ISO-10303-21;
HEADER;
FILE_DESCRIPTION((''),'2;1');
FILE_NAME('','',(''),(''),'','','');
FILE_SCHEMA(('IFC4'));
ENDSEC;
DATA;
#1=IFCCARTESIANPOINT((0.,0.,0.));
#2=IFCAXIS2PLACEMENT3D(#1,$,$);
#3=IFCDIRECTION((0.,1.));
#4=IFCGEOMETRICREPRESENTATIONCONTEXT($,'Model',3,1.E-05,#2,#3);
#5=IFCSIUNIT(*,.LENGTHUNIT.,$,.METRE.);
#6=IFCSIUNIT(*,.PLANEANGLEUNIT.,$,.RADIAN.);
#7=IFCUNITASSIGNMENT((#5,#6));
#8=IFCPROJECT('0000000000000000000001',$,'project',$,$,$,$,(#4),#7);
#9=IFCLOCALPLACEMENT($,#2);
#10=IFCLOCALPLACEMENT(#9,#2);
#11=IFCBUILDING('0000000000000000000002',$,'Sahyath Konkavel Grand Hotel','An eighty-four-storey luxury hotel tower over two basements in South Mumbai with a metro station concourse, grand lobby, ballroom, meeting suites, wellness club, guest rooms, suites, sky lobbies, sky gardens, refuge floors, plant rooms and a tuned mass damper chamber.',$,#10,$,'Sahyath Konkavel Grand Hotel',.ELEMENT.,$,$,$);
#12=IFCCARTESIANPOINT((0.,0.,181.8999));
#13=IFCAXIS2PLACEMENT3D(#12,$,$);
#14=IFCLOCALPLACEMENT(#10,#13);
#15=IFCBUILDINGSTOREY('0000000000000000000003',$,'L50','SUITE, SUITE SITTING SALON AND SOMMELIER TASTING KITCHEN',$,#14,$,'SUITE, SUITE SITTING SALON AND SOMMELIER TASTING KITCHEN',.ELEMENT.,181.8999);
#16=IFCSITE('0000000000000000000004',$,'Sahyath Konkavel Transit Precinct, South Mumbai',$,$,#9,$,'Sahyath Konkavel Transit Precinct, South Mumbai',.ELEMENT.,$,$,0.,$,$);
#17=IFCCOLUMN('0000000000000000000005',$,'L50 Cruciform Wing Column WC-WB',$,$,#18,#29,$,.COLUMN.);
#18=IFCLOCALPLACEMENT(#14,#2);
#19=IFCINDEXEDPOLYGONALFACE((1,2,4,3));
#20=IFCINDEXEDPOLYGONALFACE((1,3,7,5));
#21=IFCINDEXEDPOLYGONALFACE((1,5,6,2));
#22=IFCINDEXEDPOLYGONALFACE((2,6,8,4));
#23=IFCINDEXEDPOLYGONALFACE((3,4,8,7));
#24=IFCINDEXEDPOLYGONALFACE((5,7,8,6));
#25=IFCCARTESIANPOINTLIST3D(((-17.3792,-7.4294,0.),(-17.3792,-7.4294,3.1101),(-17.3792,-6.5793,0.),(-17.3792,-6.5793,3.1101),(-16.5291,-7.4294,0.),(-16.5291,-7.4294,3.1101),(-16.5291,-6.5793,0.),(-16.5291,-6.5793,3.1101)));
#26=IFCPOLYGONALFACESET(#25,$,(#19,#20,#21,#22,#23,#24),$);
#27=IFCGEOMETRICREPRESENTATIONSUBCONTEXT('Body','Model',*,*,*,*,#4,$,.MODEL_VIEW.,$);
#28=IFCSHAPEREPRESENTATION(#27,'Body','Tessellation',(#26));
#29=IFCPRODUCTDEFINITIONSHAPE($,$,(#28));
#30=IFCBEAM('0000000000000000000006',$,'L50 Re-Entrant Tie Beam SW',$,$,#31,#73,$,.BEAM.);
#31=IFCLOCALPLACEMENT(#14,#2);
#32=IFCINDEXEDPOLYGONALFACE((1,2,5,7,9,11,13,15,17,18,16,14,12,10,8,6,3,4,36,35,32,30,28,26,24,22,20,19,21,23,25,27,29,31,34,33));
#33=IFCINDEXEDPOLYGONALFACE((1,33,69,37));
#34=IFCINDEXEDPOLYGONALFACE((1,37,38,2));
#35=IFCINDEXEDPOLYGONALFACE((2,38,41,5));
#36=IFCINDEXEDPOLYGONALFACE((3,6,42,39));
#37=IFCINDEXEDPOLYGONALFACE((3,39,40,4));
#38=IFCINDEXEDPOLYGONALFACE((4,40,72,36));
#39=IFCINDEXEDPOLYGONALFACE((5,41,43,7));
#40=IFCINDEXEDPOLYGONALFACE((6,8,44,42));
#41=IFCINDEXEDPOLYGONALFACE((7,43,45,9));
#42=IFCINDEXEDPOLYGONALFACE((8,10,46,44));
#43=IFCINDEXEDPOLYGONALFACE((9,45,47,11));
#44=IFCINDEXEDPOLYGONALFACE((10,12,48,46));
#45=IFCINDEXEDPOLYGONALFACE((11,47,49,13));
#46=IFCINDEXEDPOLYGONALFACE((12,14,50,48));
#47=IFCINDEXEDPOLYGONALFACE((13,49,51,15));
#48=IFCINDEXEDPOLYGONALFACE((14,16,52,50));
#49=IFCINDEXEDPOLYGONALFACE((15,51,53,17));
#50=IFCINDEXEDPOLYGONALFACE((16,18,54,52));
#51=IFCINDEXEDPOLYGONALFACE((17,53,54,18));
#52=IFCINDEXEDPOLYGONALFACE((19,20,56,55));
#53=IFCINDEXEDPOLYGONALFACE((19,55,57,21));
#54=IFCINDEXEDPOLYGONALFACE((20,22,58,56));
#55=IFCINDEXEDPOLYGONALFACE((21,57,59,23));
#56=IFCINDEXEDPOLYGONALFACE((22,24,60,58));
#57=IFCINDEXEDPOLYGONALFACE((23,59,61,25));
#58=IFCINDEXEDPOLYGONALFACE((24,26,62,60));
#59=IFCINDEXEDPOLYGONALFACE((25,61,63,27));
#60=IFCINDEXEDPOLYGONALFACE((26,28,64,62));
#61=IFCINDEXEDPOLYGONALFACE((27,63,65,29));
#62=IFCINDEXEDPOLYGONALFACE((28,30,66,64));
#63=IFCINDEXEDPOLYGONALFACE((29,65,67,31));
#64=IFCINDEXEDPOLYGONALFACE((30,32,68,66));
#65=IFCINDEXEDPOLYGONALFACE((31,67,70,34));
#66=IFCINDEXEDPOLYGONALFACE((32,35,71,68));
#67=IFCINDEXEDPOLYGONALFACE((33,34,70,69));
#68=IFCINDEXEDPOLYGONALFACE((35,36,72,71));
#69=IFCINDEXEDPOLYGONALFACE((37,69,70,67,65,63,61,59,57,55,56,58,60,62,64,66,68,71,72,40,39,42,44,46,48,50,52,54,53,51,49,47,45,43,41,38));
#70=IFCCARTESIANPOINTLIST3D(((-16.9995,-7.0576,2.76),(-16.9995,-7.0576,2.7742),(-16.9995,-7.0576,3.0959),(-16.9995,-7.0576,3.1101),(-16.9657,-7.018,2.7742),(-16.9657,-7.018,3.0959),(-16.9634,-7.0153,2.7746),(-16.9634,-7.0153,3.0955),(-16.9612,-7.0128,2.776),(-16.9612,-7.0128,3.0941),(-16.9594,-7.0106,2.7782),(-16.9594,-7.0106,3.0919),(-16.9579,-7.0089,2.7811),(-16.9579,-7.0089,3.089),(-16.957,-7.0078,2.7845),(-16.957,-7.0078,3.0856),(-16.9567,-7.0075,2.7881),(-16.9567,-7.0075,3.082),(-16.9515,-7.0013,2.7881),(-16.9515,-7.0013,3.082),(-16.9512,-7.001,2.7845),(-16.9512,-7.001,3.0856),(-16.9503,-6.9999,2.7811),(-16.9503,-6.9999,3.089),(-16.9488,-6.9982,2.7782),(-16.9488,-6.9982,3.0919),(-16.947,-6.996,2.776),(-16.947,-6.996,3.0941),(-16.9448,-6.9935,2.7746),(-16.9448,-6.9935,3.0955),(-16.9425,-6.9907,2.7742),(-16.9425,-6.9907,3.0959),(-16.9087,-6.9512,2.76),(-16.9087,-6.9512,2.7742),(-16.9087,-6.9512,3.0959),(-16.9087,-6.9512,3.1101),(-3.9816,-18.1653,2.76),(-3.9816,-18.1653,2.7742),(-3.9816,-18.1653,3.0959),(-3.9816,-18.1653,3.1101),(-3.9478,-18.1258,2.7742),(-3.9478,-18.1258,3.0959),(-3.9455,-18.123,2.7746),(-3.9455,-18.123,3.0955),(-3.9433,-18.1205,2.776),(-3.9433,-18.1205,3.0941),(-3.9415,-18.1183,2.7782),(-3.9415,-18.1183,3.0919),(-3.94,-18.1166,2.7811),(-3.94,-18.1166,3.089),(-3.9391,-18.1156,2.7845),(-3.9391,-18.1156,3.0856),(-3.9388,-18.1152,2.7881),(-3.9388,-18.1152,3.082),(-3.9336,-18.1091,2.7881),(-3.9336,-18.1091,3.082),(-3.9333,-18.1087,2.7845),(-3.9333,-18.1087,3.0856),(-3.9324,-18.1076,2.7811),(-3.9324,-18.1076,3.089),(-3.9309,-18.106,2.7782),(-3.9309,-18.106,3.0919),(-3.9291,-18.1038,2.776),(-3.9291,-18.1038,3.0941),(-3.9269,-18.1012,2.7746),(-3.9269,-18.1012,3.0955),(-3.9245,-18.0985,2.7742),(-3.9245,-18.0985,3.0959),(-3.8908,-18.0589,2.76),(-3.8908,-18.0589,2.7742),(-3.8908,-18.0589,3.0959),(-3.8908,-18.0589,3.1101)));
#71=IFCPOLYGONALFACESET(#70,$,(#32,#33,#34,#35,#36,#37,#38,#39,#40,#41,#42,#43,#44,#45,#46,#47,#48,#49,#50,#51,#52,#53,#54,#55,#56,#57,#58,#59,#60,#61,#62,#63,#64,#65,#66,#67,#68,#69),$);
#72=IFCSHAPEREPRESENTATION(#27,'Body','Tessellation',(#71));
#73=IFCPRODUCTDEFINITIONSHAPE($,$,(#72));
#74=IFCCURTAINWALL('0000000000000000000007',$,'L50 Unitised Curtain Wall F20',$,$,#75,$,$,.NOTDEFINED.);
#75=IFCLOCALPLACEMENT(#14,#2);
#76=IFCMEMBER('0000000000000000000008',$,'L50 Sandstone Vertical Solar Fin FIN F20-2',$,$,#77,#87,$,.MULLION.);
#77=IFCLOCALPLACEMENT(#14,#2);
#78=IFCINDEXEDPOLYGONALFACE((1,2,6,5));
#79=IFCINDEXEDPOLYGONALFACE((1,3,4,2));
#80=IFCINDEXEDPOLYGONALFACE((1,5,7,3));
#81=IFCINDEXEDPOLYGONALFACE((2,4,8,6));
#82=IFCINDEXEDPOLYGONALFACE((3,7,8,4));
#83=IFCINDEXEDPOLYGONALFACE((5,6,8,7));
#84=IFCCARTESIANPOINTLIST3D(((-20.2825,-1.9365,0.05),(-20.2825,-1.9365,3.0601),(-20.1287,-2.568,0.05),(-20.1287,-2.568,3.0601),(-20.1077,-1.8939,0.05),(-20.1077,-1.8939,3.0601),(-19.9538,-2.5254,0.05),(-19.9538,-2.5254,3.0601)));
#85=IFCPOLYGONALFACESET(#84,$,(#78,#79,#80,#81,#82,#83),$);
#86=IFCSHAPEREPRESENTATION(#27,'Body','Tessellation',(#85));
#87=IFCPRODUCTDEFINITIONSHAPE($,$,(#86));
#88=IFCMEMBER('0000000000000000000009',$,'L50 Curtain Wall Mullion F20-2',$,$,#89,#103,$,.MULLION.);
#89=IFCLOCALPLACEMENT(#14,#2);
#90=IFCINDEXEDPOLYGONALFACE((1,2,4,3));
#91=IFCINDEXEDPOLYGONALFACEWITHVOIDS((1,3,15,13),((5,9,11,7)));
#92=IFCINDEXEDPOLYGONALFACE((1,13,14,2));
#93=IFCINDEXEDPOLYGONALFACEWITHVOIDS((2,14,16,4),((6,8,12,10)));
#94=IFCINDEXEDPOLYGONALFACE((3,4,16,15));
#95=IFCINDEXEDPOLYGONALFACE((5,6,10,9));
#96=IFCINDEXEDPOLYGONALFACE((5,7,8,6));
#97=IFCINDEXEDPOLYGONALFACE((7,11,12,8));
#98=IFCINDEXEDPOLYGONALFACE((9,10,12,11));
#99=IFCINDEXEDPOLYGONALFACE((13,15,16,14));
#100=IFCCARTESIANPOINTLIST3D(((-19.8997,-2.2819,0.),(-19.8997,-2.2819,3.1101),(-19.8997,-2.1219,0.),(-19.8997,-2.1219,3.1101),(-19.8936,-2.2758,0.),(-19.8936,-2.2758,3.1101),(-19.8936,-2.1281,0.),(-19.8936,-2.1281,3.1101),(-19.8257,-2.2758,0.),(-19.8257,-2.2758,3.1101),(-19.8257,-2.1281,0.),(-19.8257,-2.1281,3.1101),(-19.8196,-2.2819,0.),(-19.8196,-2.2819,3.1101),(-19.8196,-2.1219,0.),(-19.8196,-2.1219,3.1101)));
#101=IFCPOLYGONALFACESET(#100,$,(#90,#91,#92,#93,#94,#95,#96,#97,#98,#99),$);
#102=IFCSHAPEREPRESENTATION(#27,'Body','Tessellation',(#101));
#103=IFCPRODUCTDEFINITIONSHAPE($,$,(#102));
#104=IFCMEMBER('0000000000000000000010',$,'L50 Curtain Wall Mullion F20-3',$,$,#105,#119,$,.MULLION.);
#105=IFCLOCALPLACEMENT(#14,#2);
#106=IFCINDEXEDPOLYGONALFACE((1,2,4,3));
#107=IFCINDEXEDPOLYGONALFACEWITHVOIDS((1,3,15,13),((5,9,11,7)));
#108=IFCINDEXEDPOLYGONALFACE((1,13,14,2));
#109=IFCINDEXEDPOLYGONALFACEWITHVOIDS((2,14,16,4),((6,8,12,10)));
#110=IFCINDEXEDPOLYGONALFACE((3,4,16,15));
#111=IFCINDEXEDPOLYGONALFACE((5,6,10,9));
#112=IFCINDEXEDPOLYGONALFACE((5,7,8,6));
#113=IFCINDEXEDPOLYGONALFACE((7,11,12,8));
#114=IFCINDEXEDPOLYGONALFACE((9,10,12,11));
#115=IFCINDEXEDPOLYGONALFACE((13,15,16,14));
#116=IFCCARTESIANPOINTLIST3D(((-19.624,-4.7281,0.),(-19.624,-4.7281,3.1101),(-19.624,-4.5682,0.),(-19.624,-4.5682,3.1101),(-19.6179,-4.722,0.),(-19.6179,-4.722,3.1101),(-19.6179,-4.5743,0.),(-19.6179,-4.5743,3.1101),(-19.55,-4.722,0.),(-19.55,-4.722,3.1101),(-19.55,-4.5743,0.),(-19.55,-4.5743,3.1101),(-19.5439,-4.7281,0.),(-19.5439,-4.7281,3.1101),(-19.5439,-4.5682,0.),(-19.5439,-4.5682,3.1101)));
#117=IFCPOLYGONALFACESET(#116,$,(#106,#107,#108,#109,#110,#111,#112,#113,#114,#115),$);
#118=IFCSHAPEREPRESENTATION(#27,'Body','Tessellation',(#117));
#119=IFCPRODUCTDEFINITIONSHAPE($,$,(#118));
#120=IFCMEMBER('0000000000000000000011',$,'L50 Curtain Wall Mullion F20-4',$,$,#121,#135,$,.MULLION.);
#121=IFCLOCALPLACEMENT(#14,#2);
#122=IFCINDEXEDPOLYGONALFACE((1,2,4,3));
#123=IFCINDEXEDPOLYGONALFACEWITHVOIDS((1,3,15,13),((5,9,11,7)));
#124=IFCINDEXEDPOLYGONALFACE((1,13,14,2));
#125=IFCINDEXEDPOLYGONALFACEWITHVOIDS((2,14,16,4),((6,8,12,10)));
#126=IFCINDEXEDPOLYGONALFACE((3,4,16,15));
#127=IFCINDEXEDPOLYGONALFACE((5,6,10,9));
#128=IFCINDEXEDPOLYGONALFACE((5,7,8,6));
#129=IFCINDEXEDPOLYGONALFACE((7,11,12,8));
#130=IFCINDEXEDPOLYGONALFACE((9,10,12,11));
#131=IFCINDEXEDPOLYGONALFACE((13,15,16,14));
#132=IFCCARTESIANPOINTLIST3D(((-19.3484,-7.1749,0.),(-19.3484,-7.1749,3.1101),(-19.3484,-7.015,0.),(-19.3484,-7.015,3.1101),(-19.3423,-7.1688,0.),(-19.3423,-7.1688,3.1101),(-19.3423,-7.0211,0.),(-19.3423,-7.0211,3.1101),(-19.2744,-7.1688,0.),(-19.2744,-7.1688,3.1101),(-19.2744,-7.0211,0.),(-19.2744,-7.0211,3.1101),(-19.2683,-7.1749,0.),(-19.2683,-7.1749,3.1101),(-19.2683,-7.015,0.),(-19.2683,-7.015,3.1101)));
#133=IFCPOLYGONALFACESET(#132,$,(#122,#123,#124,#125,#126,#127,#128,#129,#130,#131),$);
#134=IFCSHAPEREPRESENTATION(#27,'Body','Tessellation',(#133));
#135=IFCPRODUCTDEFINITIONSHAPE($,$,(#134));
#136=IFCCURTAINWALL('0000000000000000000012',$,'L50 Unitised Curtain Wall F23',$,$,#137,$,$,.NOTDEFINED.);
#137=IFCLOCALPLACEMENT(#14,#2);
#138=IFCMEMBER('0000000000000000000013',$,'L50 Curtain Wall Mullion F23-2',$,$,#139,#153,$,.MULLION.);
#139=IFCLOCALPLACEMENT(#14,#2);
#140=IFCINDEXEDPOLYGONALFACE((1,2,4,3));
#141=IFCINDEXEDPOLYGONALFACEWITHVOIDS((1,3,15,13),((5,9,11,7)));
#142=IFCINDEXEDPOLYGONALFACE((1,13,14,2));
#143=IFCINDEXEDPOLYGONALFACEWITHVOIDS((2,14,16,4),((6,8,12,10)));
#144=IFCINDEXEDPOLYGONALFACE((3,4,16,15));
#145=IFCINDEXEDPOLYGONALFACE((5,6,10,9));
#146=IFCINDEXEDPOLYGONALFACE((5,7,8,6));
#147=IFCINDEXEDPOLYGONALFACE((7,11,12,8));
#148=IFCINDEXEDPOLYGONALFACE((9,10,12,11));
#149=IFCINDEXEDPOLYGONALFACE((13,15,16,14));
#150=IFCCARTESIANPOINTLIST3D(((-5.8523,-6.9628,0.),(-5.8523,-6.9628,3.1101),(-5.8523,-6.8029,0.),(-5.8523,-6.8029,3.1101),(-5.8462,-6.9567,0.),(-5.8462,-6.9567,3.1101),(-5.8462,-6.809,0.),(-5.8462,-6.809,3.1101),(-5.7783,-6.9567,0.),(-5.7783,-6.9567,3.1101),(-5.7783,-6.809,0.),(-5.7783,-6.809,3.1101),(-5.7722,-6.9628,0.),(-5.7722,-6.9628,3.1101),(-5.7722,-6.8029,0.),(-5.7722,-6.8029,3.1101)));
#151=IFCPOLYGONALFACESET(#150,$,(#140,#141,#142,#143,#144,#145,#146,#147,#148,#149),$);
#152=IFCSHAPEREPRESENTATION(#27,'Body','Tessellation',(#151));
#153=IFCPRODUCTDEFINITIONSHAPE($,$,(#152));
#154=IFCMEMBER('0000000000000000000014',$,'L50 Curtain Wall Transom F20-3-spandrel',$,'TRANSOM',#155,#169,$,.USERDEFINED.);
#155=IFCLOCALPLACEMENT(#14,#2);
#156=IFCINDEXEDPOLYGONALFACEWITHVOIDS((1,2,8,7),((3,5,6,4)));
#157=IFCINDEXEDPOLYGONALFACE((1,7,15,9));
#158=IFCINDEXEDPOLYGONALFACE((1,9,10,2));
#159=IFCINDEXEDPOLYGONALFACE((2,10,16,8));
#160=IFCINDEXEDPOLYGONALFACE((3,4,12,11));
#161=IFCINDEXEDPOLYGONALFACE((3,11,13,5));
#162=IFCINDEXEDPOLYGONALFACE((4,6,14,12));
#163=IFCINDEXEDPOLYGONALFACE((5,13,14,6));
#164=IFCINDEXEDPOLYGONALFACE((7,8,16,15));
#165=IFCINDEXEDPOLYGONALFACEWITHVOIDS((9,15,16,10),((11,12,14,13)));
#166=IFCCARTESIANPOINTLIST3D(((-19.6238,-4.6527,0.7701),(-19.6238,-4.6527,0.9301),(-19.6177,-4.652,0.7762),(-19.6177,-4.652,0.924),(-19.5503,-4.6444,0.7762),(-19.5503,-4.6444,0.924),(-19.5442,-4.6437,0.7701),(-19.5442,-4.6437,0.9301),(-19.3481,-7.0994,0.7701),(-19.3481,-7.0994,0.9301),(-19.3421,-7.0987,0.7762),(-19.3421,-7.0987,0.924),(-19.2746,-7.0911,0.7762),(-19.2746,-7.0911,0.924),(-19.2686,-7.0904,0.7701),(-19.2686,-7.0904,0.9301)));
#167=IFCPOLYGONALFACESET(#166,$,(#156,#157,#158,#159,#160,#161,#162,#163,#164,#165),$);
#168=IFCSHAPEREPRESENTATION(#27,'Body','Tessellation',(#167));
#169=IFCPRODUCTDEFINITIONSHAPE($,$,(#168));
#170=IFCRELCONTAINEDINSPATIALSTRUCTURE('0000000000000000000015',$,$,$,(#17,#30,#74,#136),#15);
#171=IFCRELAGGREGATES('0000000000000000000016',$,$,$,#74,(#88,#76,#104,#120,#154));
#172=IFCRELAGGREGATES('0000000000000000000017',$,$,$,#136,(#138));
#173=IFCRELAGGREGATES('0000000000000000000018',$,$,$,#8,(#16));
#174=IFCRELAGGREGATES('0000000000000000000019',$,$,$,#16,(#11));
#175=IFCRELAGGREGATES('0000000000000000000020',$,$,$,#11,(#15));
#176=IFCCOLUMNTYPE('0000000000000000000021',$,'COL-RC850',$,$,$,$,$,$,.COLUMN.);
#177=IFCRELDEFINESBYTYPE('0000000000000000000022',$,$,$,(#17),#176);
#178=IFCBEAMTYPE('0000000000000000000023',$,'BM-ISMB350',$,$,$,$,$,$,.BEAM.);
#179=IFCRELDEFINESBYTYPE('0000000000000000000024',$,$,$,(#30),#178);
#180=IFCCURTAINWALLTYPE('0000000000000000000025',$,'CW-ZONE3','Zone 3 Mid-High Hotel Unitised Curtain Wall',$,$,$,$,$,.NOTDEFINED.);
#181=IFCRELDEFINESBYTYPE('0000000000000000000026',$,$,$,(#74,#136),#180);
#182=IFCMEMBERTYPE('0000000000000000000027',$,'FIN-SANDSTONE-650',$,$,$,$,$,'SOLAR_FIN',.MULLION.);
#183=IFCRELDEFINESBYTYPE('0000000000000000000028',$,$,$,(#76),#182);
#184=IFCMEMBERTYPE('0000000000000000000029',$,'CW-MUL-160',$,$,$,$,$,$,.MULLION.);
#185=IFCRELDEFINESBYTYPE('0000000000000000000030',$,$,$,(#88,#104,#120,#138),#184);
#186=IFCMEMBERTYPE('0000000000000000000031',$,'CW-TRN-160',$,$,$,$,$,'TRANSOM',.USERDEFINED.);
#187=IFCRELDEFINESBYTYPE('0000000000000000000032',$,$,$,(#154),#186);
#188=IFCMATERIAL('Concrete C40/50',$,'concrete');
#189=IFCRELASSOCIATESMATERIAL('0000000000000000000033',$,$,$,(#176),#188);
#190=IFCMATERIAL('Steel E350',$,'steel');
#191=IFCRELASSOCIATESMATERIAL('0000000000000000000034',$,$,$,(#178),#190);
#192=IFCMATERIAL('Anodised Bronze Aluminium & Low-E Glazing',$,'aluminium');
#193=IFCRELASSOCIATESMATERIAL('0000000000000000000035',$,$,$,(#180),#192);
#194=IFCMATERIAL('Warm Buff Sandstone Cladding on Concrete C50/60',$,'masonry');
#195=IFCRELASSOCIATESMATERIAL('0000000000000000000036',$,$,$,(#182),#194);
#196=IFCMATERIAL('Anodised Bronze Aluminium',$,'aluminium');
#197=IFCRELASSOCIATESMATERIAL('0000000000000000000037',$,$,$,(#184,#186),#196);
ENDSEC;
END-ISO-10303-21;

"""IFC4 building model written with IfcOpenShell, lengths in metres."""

from ifc_helpers import new_model, si_unit, direction, frame, origin, origin_2d, place, context, subcontext, project, spatial, rectangle, hollow_rectangle, i_section, extrude, source, transform, mapped, material, material_profile, profile_set, type_object, element, aggregate, save


model = new_model("IFC4")

# Units and contexts
model_context = context("Model", 3, precision=1e-05, world=origin(), true_north=direction((0.0, 1.0)))
body_context = subcontext(model_context, "Body", "Model", "MODEL_VIEW")
ifc_project = project(units=[si_unit("LENGTHUNIT", "METRE"), si_unit("PLANEANGLEUNIT", "RADIAN")], contexts=[model_context])

# Site, building, storey
site_placement = place(None, origin())
site = spatial("IfcSite", under=ifc_project, at=site_placement, Name="Sahyath Konkavel Transit Precinct, South Mumbai", LongName="Sahyath Konkavel Transit Precinct, South Mumbai", CompositionType="ELEMENT", RefElevation=0.0)
building_placement = place(site_placement, origin())
building = spatial("IfcBuilding", under=site, at=building_placement, Name="Sahyath Konkavel Grand Hotel", Description="An eighty-four-storey luxury hotel tower over two basements in South Mumbai with a metro station concourse, grand lobby, ballroom, meeting suites, wellness club, guest rooms, suites, sky lobbies, sky gardens, refuge floors, plant rooms and a tuned mass damper chamber.", LongName="Sahyath Konkavel Grand Hotel", CompositionType="ELEMENT")
storey_placement = place(building_placement, frame((0.0, 0.0, 181.8999)))
storey = spatial("IfcBuildingStorey", under=building, at=storey_placement, Name="L50", Description="SUITE, SUITE SITTING SALON AND SOMMELIER TASTING KITCHEN", LongName="SUITE, SUITE SITTING SALON AND SOMMELIER TASTING KITCHEN", CompositionType="ELEMENT", Elevation=181.8999)

# Column
ifc_material_1 = material(Name="Concrete C40/50", Category="concrete")
ifc_material_profile_1 = material_profile(ifc_material_1, rectangle(XDim=0.8501, YDim=0.8501, at=origin_2d()), Name="RC 850x850")
ifc_profile_set_1 = profile_set([ifc_material_profile_1], Name="Concrete C40/50")
column_type = type_object("IfcColumnType", Name="COL-RC850", PredefinedType="COLUMN", material=ifc_profile_set_1)
shared_shape_1 = source(origin(), body_context, "Body", "SweptSolid", [
    extrude(rectangle(XDim=0.8501, YDim=0.8501, at=origin_2d()), origin(), (0.0, 0.0, 1.0), 3.1101),
])
column_placement = place(storey_placement, frame((-16.9541, -7.0044, 0.0), z_axis=(0.0, 0.0, 1.0), x_axis=(1.0, 0.0, 0.0)))
element("IfcColumn", 1, at=column_placement, inside=storey, type_object=column_type, Name="L50 Cruciform Wing Column WC-WB", PredefinedType="COLUMN", context=body_context, shape_type="MappedRepresentation", body=[
    mapped(shared_shape_1, transform((0.0, 0.0, 0.0), scale=1.0)),
])

# Beam
ifc_material_2 = material(Name="Steel E350", Category="steel")
ifc_material_profile_2 = material_profile(ifc_material_2, i_section(OverallWidth=0.1399, OverallDepth=0.3501, WebThickness=0.0081, FlangeThickness=0.0142, FilletRadius=0.0139, at=origin_2d()), Name="ISMB 350")
ifc_profile_set_2 = profile_set([ifc_material_profile_2], Name="Steel E350")
beam_type_1 = type_object("IfcBeamType", Name="BM-ISMB350", PredefinedType="BEAM", material=ifc_profile_set_2)
shared_shape_2 = source(origin(), body_context, "Body", "SweptSolid", [
    extrude(i_section(OverallWidth=0.1399, OverallDepth=0.3501, WebThickness=0.0081, FlangeThickness=0.0142, FilletRadius=0.0139, at=origin_2d()), origin(), (0.0, 0.0, 1.0), 17.1128),
])
beam_1_placement = place(storey_placement, frame((-16.9541, -7.0044, 2.9351), z_axis=(0.760712, -0.64909, 0.0), x_axis=(0.64909, 0.760712, 0.0)))
element("IfcBeam", 2, at=beam_1_placement, inside=storey, type_object=beam_type_1, Name="L50 Re-Entrant Tie Beam SW", PredefinedType="BEAM", context=body_context, shape_type="MappedRepresentation", body=[
    mapped(shared_shape_2, transform((0.0, 0.0, 0.0), scale=1.0)),
])

# Curtain wall, members
ifc_material_3 = material(Name="Anodised Bronze Aluminium & Low-E Glazing", Category="aluminium")
curtain_wall_type = type_object("IfcCurtainWallType", Name="CW-ZONE3", Description="Zone 3 Mid-High Hotel Unitised Curtain Wall", PredefinedType="NOTDEFINED", material=ifc_material_3)
curtain_wall_1_placement = place(storey_placement, origin())
curtain_wall_1 = element("IfcCurtainWall", 3, at=curtain_wall_1_placement, inside=storey, type_object=curtain_wall_type, Name="L50 Unitised Curtain Wall F20", PredefinedType="NOTDEFINED")
ifc_material_4 = material(Name="Warm Buff Sandstone Cladding on Concrete C50/60", Category="masonry")
ifc_material_profile_3 = material_profile(ifc_material_4, rectangle(XDim=0.1799, YDim=0.6499, at=origin_2d()), Name="FIN 180x650")
ifc_profile_set_3 = profile_set([ifc_material_profile_3], Name="Warm Buff Sandstone Cladding on Concrete C50/60")
member_type_1 = type_object("IfcMemberType", Name="FIN-SANDSTONE-650", ElementType="SOLAR_FIN", PredefinedType="MULLION", material=ifc_profile_set_3)
shared_shape_3 = source(origin(), body_context, "Body", "SweptSolid", [
    extrude(rectangle(XDim=0.1799, YDim=0.6499, at=origin_2d()), origin(), (0.0, 0.0, 1.0), 3.01),
])
member_1_placement = place(storey_placement, frame((-20.1182, -2.231, 0.05), z_axis=(0.0, 0.0, 1.0), x_axis=(0.97159, 0.236669, 0.0)))
member_1 = element("IfcMember", 4, at=member_1_placement, type_object=member_type_1, Name="L50 Sandstone Vertical Solar Fin FIN F20-2", PredefinedType="MULLION", context=body_context, shape_type="MappedRepresentation", body=[
    mapped(shared_shape_3, transform((0.0, 0.0, 0.0), scale=1.0)),
])
ifc_material_5 = material(Name="Anodised Bronze Aluminium", Category="aluminium")
ifc_material_profile_4 = material_profile(ifc_material_5, hollow_rectangle(XDim=0.0801, YDim=0.1599, WallThickness=0.0061, at=origin_2d()), Name="RHS 160x80x6")
ifc_profile_set_4 = profile_set([ifc_material_profile_4], Name="Anodised Bronze Aluminium")
member_type_2 = type_object("IfcMemberType", Name="CW-MUL-160", PredefinedType="MULLION", material=ifc_profile_set_4)
shared_shape_4 = source(origin(), body_context, "Body", "SweptSolid", [
    extrude(hollow_rectangle(XDim=0.0801, YDim=0.1599, WallThickness=0.0061, at=origin_2d()), origin(), (0.0, 0.0, 1.0), 3.1101),
])
member_2_placement = place(storey_placement, frame((-19.8596, -2.2019, 0.0), z_axis=(0.0, 0.0, 1.0), x_axis=(1.0, 0.0, 0.0)))
member_2 = element("IfcMember", 5, at=member_2_placement, type_object=member_type_2, Name="L50 Curtain Wall Mullion F20-2", PredefinedType="MULLION", context=body_context, shape_type="MappedRepresentation", body=[
    mapped(shared_shape_4, transform((0.0, 0.0, 0.0), scale=1.0)),
])
member_3_placement = place(storey_placement, frame((-19.584, -4.6482, 0.0), z_axis=(0.0, 0.0, 1.0), x_axis=(1.0, 0.0, 0.0)))
member_3 = element("IfcMember", 6, at=member_3_placement, type_object=member_type_2, Name="L50 Curtain Wall Mullion F20-3", PredefinedType="MULLION", context=body_context, shape_type="MappedRepresentation", body=[
    mapped(shared_shape_4, transform((0.0, 0.0, 0.0), scale=1.0)),
])
member_4_placement = place(storey_placement, frame((-19.3083, -7.095, 0.0), z_axis=(0.0, 0.0, 1.0), x_axis=(1.0, 0.0, 0.0)))
member_4 = element("IfcMember", 7, at=member_4_placement, type_object=member_type_2, Name="L50 Curtain Wall Mullion F20-4", PredefinedType="MULLION", context=body_context, shape_type="MappedRepresentation", body=[
    mapped(shared_shape_4, transform((0.0, 0.0, 0.0), scale=1.0)),
])

# Curtain wall, member
curtain_wall_2_placement = place(storey_placement, origin())
curtain_wall_2 = element("IfcCurtainWall", 8, at=curtain_wall_2_placement, inside=storey, type_object=curtain_wall_type, Name="L50 Unitised Curtain Wall F23", PredefinedType="NOTDEFINED")
member_5_placement = place(storey_placement, frame((-5.8123, -6.8828, 0.0), z_axis=(0.0, 0.0, 1.0), x_axis=(1.0, 0.0, 0.0)))
member_5 = element("IfcMember", 9, at=member_5_placement, type_object=member_type_2, Name="L50 Curtain Wall Mullion F23-2", PredefinedType="MULLION", context=body_context, shape_type="MappedRepresentation", body=[
    mapped(shared_shape_4, transform((0.0, 0.0, 0.0), scale=1.0)),
])

# Member
ifc_material_profile_5 = material_profile(ifc_material_5, hollow_rectangle(XDim=0.0801, YDim=0.1599, WallThickness=0.0061, at=origin_2d()), Name="RHS 160x80x6")
ifc_profile_set_5 = profile_set([ifc_material_profile_5], Name="Anodised Bronze Aluminium")
member_type_3 = type_object("IfcMemberType", Name="CW-TRN-160", ElementType="TRANSOM", PredefinedType="USERDEFINED", material=ifc_profile_set_5)
shared_shape_5 = source(origin(), body_context, "Body", "SweptSolid", [
    extrude(hollow_rectangle(XDim=0.0801, YDim=0.1599, WallThickness=0.0061, at=origin_2d()), origin(), (0.0, 0.0, 1.0), 2.4622),
])
member_6_placement = place(storey_placement, frame((-19.584, -4.6482, 0.8501), z_axis=(0.111944, -0.993715, 0.0), x_axis=(0.993715, 0.111944, 0.0)))
member_6 = element("IfcMember", 10, at=member_6_placement, type_object=member_type_3, Name="L50 Curtain Wall Transom F20-3-spandrel", ObjectType="TRANSOM", PredefinedType="USERDEFINED", context=body_context, shape_type="MappedRepresentation", body=[
    mapped(shared_shape_5, transform((0.0, 0.0, 0.0), scale=1.0)),
])

aggregate(curtain_wall_1, [member_2, member_1, member_3, member_4, member_6])
aggregate(curtain_wall_2, [member_5])

save(model, "model.ifc")
